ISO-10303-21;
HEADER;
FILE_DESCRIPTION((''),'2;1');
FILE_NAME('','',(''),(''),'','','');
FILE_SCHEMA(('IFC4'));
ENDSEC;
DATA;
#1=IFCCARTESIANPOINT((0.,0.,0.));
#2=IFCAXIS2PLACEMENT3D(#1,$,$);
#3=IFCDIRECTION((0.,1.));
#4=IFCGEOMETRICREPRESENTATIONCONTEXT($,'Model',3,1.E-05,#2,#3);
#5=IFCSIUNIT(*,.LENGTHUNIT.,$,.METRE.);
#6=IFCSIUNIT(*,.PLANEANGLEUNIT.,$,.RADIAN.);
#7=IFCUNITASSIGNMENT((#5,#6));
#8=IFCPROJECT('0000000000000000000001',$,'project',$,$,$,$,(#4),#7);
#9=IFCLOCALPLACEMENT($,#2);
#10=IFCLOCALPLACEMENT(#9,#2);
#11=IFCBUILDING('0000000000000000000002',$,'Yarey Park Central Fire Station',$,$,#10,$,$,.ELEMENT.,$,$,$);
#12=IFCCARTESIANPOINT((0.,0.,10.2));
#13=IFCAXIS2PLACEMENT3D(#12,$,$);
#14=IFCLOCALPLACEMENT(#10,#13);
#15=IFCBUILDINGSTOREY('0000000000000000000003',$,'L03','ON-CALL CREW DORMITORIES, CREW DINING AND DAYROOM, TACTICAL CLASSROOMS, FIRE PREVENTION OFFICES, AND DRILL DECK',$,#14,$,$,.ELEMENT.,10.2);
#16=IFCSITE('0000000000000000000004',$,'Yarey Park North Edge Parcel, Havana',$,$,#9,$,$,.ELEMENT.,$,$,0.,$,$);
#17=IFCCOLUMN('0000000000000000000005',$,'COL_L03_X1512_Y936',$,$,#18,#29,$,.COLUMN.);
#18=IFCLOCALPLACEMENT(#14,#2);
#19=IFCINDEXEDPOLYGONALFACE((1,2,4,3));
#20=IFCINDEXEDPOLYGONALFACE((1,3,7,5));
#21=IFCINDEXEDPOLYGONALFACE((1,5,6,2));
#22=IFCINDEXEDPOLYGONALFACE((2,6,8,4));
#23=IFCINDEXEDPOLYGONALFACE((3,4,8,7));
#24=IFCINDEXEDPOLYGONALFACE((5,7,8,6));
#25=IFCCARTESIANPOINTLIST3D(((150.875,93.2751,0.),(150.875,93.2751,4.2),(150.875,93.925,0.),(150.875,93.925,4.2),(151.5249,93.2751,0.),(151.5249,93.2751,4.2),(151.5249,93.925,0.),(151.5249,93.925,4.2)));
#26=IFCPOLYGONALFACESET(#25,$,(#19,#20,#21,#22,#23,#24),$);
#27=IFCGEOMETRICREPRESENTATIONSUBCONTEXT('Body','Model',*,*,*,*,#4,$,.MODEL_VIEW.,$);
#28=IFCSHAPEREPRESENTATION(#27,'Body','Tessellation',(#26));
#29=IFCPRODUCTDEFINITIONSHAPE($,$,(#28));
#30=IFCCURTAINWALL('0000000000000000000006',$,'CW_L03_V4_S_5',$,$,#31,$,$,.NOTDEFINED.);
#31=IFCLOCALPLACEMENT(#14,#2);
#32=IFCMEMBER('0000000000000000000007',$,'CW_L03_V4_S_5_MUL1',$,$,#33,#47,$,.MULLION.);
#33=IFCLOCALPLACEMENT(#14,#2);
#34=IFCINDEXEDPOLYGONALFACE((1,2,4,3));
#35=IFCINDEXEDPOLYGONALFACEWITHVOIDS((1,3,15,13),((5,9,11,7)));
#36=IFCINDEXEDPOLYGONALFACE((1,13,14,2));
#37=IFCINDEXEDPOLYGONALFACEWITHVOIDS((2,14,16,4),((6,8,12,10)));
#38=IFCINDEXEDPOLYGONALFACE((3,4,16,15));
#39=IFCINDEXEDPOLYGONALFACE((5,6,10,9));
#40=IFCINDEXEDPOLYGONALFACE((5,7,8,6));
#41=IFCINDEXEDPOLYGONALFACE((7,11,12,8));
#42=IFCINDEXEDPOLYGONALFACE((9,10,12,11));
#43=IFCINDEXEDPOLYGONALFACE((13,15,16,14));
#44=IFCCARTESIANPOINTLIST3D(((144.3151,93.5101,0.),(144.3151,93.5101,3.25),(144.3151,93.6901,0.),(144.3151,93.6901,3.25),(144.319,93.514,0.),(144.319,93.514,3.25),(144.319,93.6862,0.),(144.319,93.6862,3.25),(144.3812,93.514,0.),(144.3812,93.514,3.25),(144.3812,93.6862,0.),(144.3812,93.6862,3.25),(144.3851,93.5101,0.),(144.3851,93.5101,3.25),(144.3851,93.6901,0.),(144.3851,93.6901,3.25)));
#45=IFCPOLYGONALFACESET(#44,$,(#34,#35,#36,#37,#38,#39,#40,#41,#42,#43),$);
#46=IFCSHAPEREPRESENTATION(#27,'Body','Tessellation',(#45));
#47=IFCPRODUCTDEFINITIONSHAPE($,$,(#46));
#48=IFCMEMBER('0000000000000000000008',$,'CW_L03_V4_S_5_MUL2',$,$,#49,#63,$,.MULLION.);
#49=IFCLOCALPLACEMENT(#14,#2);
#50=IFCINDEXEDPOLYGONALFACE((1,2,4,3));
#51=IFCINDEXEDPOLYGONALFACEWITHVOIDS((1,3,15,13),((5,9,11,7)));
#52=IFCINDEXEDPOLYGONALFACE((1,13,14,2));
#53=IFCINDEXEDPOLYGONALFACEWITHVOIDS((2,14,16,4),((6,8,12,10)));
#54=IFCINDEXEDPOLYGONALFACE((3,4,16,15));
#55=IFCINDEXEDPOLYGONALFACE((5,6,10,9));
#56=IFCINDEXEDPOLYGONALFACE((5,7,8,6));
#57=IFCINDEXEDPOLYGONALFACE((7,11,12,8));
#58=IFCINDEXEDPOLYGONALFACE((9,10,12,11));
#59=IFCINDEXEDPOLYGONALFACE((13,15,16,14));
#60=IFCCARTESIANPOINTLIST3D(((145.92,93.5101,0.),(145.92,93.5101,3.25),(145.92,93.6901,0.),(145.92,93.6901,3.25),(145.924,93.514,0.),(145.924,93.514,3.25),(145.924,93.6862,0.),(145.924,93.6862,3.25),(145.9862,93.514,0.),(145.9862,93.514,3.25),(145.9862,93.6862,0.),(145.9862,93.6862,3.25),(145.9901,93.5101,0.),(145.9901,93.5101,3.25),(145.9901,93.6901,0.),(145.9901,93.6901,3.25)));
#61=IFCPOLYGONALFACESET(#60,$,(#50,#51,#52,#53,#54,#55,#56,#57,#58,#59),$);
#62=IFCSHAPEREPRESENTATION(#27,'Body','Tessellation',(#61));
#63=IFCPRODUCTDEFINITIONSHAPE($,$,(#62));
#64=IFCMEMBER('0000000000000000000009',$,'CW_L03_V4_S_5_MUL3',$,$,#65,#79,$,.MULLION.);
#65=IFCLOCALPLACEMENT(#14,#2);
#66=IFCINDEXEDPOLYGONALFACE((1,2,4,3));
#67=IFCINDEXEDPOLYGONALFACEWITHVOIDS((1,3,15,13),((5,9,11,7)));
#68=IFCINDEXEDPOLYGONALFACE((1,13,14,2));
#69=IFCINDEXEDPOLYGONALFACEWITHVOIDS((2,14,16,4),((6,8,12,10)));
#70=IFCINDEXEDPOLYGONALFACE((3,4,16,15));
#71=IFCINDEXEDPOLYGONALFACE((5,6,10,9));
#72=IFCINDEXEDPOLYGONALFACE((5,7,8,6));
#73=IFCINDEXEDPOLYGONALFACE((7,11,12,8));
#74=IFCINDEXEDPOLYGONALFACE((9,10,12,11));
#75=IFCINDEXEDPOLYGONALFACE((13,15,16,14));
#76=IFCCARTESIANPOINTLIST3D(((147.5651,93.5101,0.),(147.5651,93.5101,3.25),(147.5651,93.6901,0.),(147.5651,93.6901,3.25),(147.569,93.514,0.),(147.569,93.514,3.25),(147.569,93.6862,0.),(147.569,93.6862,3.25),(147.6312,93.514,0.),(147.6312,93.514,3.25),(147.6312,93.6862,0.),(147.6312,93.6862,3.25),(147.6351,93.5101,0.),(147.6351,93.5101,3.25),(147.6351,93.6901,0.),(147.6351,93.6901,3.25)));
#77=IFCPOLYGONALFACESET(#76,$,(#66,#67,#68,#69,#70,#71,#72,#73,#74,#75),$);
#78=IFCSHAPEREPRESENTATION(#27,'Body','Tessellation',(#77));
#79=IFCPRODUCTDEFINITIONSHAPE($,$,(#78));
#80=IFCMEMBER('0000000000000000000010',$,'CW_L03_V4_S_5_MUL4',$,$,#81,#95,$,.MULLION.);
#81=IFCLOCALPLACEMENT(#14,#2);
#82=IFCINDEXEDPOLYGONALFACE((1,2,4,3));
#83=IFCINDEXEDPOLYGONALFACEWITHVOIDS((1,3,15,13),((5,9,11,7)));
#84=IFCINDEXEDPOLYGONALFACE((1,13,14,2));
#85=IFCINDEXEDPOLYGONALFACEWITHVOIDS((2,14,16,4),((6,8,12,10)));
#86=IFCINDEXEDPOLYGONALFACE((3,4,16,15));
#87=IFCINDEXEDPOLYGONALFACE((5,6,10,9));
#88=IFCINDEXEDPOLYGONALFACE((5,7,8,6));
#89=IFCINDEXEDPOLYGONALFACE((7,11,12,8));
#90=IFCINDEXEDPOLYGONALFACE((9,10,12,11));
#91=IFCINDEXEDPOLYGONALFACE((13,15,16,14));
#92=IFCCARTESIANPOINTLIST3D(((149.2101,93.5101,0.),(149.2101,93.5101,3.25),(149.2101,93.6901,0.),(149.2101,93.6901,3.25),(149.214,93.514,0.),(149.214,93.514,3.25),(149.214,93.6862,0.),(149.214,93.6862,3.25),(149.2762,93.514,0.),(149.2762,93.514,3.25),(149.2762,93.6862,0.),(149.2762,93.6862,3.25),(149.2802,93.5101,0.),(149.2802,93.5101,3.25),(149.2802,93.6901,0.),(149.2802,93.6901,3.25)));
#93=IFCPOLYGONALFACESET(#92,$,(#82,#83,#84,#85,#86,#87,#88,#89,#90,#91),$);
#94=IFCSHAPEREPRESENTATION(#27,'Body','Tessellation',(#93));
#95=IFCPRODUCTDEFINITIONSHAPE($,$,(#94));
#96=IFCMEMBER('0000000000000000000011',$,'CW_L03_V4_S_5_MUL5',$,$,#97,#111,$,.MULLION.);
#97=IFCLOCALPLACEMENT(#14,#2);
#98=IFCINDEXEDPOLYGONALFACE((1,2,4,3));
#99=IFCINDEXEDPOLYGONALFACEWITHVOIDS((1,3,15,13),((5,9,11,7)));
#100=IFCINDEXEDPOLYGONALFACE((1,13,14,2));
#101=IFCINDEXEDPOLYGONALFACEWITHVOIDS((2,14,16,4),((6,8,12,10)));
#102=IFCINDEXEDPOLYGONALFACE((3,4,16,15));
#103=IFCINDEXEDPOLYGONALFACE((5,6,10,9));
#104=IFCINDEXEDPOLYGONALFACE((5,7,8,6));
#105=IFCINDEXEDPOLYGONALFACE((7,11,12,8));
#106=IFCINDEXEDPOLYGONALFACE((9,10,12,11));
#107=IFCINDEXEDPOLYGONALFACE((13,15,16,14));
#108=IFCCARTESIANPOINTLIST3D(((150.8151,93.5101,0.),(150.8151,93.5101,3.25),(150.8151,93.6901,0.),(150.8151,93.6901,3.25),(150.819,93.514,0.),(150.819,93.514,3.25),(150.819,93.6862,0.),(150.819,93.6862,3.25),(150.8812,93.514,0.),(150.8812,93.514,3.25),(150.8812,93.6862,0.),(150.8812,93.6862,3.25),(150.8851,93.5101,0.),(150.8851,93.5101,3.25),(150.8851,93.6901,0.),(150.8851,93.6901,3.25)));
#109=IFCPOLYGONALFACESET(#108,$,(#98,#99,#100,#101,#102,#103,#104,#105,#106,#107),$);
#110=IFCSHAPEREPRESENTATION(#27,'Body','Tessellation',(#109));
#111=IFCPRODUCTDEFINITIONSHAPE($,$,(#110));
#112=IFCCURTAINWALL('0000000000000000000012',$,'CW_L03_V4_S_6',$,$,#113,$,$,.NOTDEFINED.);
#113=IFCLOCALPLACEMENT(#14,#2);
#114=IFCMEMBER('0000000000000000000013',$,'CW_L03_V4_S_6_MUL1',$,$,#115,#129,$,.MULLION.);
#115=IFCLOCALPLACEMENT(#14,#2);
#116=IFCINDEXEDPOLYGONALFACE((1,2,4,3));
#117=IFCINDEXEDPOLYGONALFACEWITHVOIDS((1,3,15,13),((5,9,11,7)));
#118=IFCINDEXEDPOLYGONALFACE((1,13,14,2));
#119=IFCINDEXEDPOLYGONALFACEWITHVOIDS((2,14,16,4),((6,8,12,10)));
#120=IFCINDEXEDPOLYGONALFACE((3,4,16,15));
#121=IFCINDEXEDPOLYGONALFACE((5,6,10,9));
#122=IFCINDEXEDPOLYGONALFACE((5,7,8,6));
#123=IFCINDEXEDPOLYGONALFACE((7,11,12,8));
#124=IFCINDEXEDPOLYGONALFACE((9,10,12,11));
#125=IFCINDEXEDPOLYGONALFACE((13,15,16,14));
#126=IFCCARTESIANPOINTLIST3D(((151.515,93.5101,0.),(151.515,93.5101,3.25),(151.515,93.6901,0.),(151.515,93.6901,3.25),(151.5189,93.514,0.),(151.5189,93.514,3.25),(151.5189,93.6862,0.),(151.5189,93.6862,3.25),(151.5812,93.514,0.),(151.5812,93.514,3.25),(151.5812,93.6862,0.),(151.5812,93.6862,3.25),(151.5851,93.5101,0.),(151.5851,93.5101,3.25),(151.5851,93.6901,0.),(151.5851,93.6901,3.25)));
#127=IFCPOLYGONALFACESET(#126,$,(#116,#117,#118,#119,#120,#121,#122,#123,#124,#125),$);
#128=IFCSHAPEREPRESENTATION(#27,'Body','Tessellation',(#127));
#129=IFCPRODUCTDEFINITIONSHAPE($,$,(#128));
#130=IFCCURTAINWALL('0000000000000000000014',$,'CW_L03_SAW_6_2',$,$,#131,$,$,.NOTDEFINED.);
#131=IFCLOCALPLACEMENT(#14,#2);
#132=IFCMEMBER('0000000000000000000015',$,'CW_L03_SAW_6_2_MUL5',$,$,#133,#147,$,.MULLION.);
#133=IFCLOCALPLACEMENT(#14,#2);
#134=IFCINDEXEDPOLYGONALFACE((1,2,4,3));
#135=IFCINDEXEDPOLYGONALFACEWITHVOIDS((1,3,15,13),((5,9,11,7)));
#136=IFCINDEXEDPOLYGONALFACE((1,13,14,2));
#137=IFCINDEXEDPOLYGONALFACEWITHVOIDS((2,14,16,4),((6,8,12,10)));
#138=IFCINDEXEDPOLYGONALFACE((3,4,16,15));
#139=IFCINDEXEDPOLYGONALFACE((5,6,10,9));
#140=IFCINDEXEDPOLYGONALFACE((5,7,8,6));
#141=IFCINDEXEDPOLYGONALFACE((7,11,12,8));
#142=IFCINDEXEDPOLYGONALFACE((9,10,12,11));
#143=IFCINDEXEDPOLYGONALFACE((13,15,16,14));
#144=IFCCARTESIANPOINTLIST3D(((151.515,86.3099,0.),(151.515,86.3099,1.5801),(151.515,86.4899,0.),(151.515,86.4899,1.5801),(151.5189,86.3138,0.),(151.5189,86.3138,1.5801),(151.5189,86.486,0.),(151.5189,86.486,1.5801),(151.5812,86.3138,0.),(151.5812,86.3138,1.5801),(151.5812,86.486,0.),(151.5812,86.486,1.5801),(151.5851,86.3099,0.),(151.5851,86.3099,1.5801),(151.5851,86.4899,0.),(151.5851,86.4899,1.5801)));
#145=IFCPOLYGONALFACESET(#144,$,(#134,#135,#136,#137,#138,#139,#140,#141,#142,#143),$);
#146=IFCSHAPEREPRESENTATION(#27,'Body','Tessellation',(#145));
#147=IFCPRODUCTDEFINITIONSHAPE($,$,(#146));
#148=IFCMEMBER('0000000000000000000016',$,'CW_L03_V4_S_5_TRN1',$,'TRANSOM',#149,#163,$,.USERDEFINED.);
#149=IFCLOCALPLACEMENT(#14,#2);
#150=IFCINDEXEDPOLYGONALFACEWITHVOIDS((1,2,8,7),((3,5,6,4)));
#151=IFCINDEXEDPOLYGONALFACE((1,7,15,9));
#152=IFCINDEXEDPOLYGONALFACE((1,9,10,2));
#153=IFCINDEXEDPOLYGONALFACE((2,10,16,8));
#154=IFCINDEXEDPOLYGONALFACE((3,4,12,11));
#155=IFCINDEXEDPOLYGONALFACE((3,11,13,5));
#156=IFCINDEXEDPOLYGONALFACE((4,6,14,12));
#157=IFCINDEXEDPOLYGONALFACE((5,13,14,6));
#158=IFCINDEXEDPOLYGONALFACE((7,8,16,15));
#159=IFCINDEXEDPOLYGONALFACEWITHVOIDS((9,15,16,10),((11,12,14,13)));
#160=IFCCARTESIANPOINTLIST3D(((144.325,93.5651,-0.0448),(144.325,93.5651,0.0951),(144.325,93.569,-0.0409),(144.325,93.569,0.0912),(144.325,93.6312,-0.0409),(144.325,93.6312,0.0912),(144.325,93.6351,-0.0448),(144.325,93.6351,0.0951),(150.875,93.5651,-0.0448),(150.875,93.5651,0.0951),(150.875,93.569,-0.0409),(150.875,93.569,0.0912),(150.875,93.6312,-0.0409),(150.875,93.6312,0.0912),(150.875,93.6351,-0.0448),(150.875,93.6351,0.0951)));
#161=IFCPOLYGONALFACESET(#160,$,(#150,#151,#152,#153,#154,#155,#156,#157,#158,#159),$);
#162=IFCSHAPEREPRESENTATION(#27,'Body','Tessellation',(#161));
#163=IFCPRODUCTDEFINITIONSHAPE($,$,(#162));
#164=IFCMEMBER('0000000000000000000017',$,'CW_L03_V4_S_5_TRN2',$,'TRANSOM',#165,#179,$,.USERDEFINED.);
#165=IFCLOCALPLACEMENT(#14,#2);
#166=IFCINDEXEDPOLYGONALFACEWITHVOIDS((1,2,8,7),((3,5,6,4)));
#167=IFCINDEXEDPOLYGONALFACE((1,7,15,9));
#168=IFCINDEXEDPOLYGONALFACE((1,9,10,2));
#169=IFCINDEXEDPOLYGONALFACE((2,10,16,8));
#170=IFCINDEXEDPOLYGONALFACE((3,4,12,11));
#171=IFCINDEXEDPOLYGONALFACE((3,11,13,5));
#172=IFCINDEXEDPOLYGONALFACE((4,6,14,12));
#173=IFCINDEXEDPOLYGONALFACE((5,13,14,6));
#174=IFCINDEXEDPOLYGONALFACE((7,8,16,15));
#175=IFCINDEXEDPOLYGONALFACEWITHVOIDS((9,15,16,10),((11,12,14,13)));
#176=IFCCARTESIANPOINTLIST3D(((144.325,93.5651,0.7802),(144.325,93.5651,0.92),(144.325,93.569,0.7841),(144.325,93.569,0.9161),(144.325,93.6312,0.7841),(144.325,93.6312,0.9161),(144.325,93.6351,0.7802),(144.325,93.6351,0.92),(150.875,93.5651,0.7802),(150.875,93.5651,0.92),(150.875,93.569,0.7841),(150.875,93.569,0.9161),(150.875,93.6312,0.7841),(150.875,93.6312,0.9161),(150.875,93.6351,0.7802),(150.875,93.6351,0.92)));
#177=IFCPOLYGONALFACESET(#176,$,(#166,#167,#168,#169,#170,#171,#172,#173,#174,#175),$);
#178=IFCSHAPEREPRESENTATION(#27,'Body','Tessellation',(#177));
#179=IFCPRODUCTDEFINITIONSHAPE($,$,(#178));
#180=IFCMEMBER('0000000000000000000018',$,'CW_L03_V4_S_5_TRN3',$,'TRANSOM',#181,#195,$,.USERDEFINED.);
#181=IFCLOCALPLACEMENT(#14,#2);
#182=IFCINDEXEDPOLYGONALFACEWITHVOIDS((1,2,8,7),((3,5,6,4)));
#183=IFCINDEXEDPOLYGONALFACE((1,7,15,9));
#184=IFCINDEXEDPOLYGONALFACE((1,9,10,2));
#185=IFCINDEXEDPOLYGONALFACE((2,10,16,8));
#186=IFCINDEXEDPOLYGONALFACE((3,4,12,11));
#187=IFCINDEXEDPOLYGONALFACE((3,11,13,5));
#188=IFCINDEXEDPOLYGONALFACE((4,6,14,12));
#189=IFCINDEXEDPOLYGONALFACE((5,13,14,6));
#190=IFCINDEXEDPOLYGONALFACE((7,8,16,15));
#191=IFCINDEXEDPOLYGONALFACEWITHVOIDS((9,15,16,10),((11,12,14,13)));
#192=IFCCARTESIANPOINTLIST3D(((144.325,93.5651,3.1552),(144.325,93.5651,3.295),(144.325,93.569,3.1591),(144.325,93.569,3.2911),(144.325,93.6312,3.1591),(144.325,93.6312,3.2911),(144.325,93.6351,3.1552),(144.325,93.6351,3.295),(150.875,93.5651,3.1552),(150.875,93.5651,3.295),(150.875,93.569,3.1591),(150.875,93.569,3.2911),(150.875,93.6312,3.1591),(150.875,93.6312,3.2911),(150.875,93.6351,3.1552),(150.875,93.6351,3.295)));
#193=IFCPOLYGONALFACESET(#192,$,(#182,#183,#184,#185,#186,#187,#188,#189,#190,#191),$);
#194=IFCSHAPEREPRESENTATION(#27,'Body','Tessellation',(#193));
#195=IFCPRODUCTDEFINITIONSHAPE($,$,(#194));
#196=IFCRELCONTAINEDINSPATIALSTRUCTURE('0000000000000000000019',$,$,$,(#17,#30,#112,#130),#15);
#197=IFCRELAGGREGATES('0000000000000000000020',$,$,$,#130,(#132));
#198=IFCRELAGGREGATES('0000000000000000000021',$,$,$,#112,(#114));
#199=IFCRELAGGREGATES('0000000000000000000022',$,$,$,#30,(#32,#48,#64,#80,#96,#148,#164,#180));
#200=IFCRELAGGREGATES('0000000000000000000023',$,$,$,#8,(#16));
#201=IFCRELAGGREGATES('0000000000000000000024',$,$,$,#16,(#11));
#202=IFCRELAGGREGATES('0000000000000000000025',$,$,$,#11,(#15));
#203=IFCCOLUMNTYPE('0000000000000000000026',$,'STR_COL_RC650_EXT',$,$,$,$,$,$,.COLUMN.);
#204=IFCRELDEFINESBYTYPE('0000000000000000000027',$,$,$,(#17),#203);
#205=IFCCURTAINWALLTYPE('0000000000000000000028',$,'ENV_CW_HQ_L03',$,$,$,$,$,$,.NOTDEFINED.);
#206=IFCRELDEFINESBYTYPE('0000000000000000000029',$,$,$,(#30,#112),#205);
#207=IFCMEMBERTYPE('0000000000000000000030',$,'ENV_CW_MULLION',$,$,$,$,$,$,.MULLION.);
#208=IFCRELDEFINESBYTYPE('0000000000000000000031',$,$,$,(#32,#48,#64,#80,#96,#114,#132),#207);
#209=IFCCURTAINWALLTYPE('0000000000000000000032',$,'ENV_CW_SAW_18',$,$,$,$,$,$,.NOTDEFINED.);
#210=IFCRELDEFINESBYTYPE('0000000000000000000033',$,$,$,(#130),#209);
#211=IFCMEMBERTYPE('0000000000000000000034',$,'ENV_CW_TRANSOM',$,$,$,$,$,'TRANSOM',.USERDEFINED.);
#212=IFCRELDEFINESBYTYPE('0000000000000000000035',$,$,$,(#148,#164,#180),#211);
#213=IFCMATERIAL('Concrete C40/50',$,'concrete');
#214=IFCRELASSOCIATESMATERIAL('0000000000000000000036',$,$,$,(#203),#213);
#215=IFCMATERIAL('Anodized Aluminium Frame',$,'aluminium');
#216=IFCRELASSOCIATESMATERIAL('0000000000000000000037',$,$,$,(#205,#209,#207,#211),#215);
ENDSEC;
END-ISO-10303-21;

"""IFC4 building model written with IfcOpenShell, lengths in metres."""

from ifc_helpers import new_model, si_unit, direction, frame, origin, origin_2d, place, context, subcontext, project, spatial, rectangle, hollow_rectangle, extrude, material, material_profile, profile_set, type_object, element, aggregate, save


model = new_model("IFC4")

# Units and contexts
model_context = context("Model", 3, precision=1e-05, world=origin(), true_north=direction((0.0, 1.0)))
body_context = subcontext(model_context, "Body", "Model", "MODEL_VIEW")
ifc_project = project(units=[si_unit("LENGTHUNIT", "METRE"), si_unit("PLANEANGLEUNIT", "RADIAN")], contexts=[model_context])

# Site, building, storey
site_placement = place(None, origin())
site = spatial("IfcSite", under=ifc_project, at=site_placement, Name="Yarey Park North Edge Parcel, Havana", CompositionType="ELEMENT", RefElevation=0.0)
building_placement = place(site_placement, origin())
building = spatial("IfcBuilding", under=site, at=building_placement, Name="Yarey Park Central Fire Station", CompositionType="ELEMENT")
storey_placement = place(building_placement, frame((0.0, 0.0, 10.2)))
storey = spatial("IfcBuildingStorey", under=building, at=storey_placement, Name="L03", Description="ON-CALL CREW DORMITORIES, CREW DINING AND DAYROOM, TACTICAL CLASSROOMS, FIRE PREVENTION OFFICES, AND DRILL DECK", CompositionType="ELEMENT", Elevation=10.2)

# Column
ifc_material_1 = material(Name="Concrete C40/50", Category="concrete")
ifc_material_profile_1 = material_profile(ifc_material_1, rectangle(XDim=0.6499, YDim=0.6499, at=origin_2d()), Name="RC 650x650")
ifc_profile_set_1 = profile_set([ifc_material_profile_1], Name="Concrete C40/50")
column_type = type_object("IfcColumnType", Name="STR_COL_RC650_EXT", PredefinedType="COLUMN", material=ifc_profile_set_1)
column_placement = place(storey_placement, frame((151.2, 93.6001, 0.0), z_axis=(0.0, 0.0, 1.0), x_axis=(1.0, 0.0, 0.0)))
element("IfcColumn", 1, at=column_placement, inside=storey, type_object=column_type, Name="COL_L03_X1512_Y936", PredefinedType="COLUMN", context=body_context, shape_type="SweptSolid", body=[
    extrude(rectangle(XDim=0.6499, YDim=0.6499, at=origin_2d()), origin(), (0.0, 0.0, 1.0), 4.2),
])

# Curtain wall, members
ifc_material_2 = material(Name="Anodized Aluminium Frame", Category="aluminium")
curtain_wall_type_1 = type_object("IfcCurtainWallType", Name="ENV_CW_HQ_L03", PredefinedType="NOTDEFINED", material=ifc_material_2)
curtain_wall_1_placement = place(storey_placement, origin())
curtain_wall_1 = element("IfcCurtainWall", 2, at=curtain_wall_1_placement, inside=storey, type_object=curtain_wall_type_1, Name="CW_L03_V4_S_5", PredefinedType="NOTDEFINED")
ifc_material_profile_2 = material_profile(ifc_material_2, hollow_rectangle(XDim=0.0701, YDim=0.1799, WallThickness=0.0039, at=origin_2d()), Name="ALU 180x70x4")
ifc_profile_set_2 = profile_set([ifc_material_profile_2], Name="Anodized Aluminium Frame")
member_type_1 = type_object("IfcMemberType", Name="ENV_CW_MULLION", PredefinedType="MULLION", material=ifc_profile_set_2)
member_1_placement = place(storey_placement, frame((144.3501, 93.6001, 0.0), z_axis=(0.0, 0.0, 1.0), x_axis=(1.0, 0.0, 0.0)))
member_1 = element("IfcMember", 3, at=member_1_placement, type_object=member_type_1, Name="CW_L03_V4_S_5_MUL1", PredefinedType="MULLION", context=body_context, shape_type="SweptSolid", body=[
    extrude(hollow_rectangle(XDim=0.0701, YDim=0.1799, WallThickness=0.0039, at=origin_2d()), origin(), (0.0, 0.0, 1.0), 3.25),
])
member_2_placement = place(storey_placement, frame((145.9551, 93.6001, 0.0), z_axis=(0.0, 0.0, 1.0), x_axis=(1.0, 0.0, 0.0)))
member_2 = element("IfcMember", 4, at=member_2_placement, type_object=member_type_1, Name="CW_L03_V4_S_5_MUL2", PredefinedType="MULLION", context=body_context, shape_type="SweptSolid", body=[
    extrude(hollow_rectangle(XDim=0.0701, YDim=0.1799, WallThickness=0.0039, at=origin_2d()), origin(), (0.0, 0.0, 1.0), 3.25),
])
member_3_placement = place(storey_placement, frame((147.6001, 93.6001, 0.0), z_axis=(0.0, 0.0, 1.0), x_axis=(1.0, 0.0, 0.0)))
member_3 = element("IfcMember", 5, at=member_3_placement, type_object=member_type_1, Name="CW_L03_V4_S_5_MUL3", PredefinedType="MULLION", context=body_context, shape_type="SweptSolid", body=[
    extrude(hollow_rectangle(XDim=0.0701, YDim=0.1799, WallThickness=0.0039, at=origin_2d()), origin(), (0.0, 0.0, 1.0), 3.25),
])
member_4_placement = place(storey_placement, frame((149.2451, 93.6001, 0.0), z_axis=(0.0, 0.0, 1.0), x_axis=(1.0, 0.0, 0.0)))
member_4 = element("IfcMember", 6, at=member_4_placement, type_object=member_type_1, Name="CW_L03_V4_S_5_MUL4", PredefinedType="MULLION", context=body_context, shape_type="SweptSolid", body=[
    extrude(hollow_rectangle(XDim=0.0701, YDim=0.1799, WallThickness=0.0039, at=origin_2d()), origin(), (0.0, 0.0, 1.0), 3.25),
])
member_5_placement = place(storey_placement, frame((150.8501, 93.6001, 0.0), z_axis=(0.0, 0.0, 1.0), x_axis=(1.0, 0.0, 0.0)))
member_5 = element("IfcMember", 7, at=member_5_placement, type_object=member_type_1, Name="CW_L03_V4_S_5_MUL5", PredefinedType="MULLION", context=body_context, shape_type="SweptSolid", body=[
    extrude(hollow_rectangle(XDim=0.0701, YDim=0.1799, WallThickness=0.0039, at=origin_2d()), origin(), (0.0, 0.0, 1.0), 3.25),
])

# Curtain walls, members
curtain_wall_2_placement = place(storey_placement, origin())
curtain_wall_2 = element("IfcCurtainWall", 8, at=curtain_wall_2_placement, inside=storey, type_object=curtain_wall_type_1, Name="CW_L03_V4_S_6", PredefinedType="NOTDEFINED")
member_6_placement = place(storey_placement, frame((151.55, 93.6001, 0.0), z_axis=(0.0, 0.0, 1.0), x_axis=(1.0, 0.0, 0.0)))
member_6 = element("IfcMember", 9, at=member_6_placement, type_object=member_type_1, Name="CW_L03_V4_S_6_MUL1", PredefinedType="MULLION", context=body_context, shape_type="SweptSolid", body=[
    extrude(hollow_rectangle(XDim=0.0701, YDim=0.1799, WallThickness=0.0039, at=origin_2d()), origin(), (0.0, 0.0, 1.0), 3.25),
])
curtain_wall_type_2 = type_object("IfcCurtainWallType", Name="ENV_CW_SAW_18", PredefinedType="NOTDEFINED", material=ifc_material_2)
curtain_wall_3_placement = place(storey_placement, origin())
curtain_wall_3 = element("IfcCurtainWall", 10, at=curtain_wall_3_placement, inside=storey, type_object=curtain_wall_type_2, Name="CW_L03_SAW_6_2", PredefinedType="NOTDEFINED")
member_7_placement = place(storey_placement, frame((151.55, 86.3999, 0.0), z_axis=(0.0, 0.0, 1.0), x_axis=(1.0, 0.0, 0.0)))
member_7 = element("IfcMember", 11, at=member_7_placement, type_object=member_type_1, Name="CW_L03_SAW_6_2_MUL5", PredefinedType="MULLION", context=body_context, shape_type="SweptSolid", body=[
    extrude(hollow_rectangle(XDim=0.0701, YDim=0.1799, WallThickness=0.0039, at=origin_2d()), origin(), (0.0, 0.0, 1.0), 1.5801),
])
aggregate(curtain_wall_3, [member_7])

# Members
ifc_material_profile_3 = material_profile(ifc_material_2, hollow_rectangle(XDim=0.0701, YDim=0.1399, WallThickness=0.0039, at=origin_2d()), Name="ALU 140x70x4")
ifc_profile_set_3 = profile_set([ifc_material_profile_3], Name="Anodized Aluminium Frame")
member_type_2 = type_object("IfcMemberType", Name="ENV_CW_TRANSOM", ElementType="TRANSOM", PredefinedType="USERDEFINED", material=ifc_profile_set_3)
member_8_placement = place(storey_placement, frame((144.325, 93.6001, 0.0251), z_axis=(1.0, 0.0, 0.0), x_axis=(0.0, 1.0, 0.0)))
member_8 = element("IfcMember", 12, at=member_8_placement, type_object=member_type_2, Name="CW_L03_V4_S_5_TRN1", ObjectType="TRANSOM", PredefinedType="USERDEFINED", context=body_context, shape_type="SweptSolid", body=[
    extrude(hollow_rectangle(XDim=0.0701, YDim=0.1399, WallThickness=0.0039, at=origin_2d()), origin(), (0.0, 0.0, 1.0), 6.55),
])
member_9_placement = place(storey_placement, frame((144.325, 93.6001, 0.8501), z_axis=(1.0, 0.0, 0.0), x_axis=(0.0, 1.0, 0.0)))
member_9 = element("IfcMember", 13, at=member_9_placement, type_object=member_type_2, Name="CW_L03_V4_S_5_TRN2", ObjectType="TRANSOM", PredefinedType="USERDEFINED", context=body_context, shape_type="SweptSolid", body=[
    extrude(hollow_rectangle(XDim=0.0701, YDim=0.1399, WallThickness=0.0039, at=origin_2d()), origin(), (0.0, 0.0, 1.0), 6.55),
])
member_10_placement = place(storey_placement, frame((144.325, 93.6001, 3.2251), z_axis=(1.0, 0.0, 0.0), x_axis=(0.0, 1.0, 0.0)))
member_10 = element("IfcMember", 14, at=member_10_placement, type_object=member_type_2, Name="CW_L03_V4_S_5_TRN3", ObjectType="TRANSOM", PredefinedType="USERDEFINED", context=body_context, shape_type="SweptSolid", body=[
    extrude(hollow_rectangle(XDim=0.0701, YDim=0.1399, WallThickness=0.0039, at=origin_2d()), origin(), (0.0, 0.0, 1.0), 6.55),
])

aggregate(curtain_wall_2, [member_6])
aggregate(curtain_wall_1, [member_1, member_2, member_3, member_4, member_5, member_8, member_9, member_10])

save(model, "model.ifc")
